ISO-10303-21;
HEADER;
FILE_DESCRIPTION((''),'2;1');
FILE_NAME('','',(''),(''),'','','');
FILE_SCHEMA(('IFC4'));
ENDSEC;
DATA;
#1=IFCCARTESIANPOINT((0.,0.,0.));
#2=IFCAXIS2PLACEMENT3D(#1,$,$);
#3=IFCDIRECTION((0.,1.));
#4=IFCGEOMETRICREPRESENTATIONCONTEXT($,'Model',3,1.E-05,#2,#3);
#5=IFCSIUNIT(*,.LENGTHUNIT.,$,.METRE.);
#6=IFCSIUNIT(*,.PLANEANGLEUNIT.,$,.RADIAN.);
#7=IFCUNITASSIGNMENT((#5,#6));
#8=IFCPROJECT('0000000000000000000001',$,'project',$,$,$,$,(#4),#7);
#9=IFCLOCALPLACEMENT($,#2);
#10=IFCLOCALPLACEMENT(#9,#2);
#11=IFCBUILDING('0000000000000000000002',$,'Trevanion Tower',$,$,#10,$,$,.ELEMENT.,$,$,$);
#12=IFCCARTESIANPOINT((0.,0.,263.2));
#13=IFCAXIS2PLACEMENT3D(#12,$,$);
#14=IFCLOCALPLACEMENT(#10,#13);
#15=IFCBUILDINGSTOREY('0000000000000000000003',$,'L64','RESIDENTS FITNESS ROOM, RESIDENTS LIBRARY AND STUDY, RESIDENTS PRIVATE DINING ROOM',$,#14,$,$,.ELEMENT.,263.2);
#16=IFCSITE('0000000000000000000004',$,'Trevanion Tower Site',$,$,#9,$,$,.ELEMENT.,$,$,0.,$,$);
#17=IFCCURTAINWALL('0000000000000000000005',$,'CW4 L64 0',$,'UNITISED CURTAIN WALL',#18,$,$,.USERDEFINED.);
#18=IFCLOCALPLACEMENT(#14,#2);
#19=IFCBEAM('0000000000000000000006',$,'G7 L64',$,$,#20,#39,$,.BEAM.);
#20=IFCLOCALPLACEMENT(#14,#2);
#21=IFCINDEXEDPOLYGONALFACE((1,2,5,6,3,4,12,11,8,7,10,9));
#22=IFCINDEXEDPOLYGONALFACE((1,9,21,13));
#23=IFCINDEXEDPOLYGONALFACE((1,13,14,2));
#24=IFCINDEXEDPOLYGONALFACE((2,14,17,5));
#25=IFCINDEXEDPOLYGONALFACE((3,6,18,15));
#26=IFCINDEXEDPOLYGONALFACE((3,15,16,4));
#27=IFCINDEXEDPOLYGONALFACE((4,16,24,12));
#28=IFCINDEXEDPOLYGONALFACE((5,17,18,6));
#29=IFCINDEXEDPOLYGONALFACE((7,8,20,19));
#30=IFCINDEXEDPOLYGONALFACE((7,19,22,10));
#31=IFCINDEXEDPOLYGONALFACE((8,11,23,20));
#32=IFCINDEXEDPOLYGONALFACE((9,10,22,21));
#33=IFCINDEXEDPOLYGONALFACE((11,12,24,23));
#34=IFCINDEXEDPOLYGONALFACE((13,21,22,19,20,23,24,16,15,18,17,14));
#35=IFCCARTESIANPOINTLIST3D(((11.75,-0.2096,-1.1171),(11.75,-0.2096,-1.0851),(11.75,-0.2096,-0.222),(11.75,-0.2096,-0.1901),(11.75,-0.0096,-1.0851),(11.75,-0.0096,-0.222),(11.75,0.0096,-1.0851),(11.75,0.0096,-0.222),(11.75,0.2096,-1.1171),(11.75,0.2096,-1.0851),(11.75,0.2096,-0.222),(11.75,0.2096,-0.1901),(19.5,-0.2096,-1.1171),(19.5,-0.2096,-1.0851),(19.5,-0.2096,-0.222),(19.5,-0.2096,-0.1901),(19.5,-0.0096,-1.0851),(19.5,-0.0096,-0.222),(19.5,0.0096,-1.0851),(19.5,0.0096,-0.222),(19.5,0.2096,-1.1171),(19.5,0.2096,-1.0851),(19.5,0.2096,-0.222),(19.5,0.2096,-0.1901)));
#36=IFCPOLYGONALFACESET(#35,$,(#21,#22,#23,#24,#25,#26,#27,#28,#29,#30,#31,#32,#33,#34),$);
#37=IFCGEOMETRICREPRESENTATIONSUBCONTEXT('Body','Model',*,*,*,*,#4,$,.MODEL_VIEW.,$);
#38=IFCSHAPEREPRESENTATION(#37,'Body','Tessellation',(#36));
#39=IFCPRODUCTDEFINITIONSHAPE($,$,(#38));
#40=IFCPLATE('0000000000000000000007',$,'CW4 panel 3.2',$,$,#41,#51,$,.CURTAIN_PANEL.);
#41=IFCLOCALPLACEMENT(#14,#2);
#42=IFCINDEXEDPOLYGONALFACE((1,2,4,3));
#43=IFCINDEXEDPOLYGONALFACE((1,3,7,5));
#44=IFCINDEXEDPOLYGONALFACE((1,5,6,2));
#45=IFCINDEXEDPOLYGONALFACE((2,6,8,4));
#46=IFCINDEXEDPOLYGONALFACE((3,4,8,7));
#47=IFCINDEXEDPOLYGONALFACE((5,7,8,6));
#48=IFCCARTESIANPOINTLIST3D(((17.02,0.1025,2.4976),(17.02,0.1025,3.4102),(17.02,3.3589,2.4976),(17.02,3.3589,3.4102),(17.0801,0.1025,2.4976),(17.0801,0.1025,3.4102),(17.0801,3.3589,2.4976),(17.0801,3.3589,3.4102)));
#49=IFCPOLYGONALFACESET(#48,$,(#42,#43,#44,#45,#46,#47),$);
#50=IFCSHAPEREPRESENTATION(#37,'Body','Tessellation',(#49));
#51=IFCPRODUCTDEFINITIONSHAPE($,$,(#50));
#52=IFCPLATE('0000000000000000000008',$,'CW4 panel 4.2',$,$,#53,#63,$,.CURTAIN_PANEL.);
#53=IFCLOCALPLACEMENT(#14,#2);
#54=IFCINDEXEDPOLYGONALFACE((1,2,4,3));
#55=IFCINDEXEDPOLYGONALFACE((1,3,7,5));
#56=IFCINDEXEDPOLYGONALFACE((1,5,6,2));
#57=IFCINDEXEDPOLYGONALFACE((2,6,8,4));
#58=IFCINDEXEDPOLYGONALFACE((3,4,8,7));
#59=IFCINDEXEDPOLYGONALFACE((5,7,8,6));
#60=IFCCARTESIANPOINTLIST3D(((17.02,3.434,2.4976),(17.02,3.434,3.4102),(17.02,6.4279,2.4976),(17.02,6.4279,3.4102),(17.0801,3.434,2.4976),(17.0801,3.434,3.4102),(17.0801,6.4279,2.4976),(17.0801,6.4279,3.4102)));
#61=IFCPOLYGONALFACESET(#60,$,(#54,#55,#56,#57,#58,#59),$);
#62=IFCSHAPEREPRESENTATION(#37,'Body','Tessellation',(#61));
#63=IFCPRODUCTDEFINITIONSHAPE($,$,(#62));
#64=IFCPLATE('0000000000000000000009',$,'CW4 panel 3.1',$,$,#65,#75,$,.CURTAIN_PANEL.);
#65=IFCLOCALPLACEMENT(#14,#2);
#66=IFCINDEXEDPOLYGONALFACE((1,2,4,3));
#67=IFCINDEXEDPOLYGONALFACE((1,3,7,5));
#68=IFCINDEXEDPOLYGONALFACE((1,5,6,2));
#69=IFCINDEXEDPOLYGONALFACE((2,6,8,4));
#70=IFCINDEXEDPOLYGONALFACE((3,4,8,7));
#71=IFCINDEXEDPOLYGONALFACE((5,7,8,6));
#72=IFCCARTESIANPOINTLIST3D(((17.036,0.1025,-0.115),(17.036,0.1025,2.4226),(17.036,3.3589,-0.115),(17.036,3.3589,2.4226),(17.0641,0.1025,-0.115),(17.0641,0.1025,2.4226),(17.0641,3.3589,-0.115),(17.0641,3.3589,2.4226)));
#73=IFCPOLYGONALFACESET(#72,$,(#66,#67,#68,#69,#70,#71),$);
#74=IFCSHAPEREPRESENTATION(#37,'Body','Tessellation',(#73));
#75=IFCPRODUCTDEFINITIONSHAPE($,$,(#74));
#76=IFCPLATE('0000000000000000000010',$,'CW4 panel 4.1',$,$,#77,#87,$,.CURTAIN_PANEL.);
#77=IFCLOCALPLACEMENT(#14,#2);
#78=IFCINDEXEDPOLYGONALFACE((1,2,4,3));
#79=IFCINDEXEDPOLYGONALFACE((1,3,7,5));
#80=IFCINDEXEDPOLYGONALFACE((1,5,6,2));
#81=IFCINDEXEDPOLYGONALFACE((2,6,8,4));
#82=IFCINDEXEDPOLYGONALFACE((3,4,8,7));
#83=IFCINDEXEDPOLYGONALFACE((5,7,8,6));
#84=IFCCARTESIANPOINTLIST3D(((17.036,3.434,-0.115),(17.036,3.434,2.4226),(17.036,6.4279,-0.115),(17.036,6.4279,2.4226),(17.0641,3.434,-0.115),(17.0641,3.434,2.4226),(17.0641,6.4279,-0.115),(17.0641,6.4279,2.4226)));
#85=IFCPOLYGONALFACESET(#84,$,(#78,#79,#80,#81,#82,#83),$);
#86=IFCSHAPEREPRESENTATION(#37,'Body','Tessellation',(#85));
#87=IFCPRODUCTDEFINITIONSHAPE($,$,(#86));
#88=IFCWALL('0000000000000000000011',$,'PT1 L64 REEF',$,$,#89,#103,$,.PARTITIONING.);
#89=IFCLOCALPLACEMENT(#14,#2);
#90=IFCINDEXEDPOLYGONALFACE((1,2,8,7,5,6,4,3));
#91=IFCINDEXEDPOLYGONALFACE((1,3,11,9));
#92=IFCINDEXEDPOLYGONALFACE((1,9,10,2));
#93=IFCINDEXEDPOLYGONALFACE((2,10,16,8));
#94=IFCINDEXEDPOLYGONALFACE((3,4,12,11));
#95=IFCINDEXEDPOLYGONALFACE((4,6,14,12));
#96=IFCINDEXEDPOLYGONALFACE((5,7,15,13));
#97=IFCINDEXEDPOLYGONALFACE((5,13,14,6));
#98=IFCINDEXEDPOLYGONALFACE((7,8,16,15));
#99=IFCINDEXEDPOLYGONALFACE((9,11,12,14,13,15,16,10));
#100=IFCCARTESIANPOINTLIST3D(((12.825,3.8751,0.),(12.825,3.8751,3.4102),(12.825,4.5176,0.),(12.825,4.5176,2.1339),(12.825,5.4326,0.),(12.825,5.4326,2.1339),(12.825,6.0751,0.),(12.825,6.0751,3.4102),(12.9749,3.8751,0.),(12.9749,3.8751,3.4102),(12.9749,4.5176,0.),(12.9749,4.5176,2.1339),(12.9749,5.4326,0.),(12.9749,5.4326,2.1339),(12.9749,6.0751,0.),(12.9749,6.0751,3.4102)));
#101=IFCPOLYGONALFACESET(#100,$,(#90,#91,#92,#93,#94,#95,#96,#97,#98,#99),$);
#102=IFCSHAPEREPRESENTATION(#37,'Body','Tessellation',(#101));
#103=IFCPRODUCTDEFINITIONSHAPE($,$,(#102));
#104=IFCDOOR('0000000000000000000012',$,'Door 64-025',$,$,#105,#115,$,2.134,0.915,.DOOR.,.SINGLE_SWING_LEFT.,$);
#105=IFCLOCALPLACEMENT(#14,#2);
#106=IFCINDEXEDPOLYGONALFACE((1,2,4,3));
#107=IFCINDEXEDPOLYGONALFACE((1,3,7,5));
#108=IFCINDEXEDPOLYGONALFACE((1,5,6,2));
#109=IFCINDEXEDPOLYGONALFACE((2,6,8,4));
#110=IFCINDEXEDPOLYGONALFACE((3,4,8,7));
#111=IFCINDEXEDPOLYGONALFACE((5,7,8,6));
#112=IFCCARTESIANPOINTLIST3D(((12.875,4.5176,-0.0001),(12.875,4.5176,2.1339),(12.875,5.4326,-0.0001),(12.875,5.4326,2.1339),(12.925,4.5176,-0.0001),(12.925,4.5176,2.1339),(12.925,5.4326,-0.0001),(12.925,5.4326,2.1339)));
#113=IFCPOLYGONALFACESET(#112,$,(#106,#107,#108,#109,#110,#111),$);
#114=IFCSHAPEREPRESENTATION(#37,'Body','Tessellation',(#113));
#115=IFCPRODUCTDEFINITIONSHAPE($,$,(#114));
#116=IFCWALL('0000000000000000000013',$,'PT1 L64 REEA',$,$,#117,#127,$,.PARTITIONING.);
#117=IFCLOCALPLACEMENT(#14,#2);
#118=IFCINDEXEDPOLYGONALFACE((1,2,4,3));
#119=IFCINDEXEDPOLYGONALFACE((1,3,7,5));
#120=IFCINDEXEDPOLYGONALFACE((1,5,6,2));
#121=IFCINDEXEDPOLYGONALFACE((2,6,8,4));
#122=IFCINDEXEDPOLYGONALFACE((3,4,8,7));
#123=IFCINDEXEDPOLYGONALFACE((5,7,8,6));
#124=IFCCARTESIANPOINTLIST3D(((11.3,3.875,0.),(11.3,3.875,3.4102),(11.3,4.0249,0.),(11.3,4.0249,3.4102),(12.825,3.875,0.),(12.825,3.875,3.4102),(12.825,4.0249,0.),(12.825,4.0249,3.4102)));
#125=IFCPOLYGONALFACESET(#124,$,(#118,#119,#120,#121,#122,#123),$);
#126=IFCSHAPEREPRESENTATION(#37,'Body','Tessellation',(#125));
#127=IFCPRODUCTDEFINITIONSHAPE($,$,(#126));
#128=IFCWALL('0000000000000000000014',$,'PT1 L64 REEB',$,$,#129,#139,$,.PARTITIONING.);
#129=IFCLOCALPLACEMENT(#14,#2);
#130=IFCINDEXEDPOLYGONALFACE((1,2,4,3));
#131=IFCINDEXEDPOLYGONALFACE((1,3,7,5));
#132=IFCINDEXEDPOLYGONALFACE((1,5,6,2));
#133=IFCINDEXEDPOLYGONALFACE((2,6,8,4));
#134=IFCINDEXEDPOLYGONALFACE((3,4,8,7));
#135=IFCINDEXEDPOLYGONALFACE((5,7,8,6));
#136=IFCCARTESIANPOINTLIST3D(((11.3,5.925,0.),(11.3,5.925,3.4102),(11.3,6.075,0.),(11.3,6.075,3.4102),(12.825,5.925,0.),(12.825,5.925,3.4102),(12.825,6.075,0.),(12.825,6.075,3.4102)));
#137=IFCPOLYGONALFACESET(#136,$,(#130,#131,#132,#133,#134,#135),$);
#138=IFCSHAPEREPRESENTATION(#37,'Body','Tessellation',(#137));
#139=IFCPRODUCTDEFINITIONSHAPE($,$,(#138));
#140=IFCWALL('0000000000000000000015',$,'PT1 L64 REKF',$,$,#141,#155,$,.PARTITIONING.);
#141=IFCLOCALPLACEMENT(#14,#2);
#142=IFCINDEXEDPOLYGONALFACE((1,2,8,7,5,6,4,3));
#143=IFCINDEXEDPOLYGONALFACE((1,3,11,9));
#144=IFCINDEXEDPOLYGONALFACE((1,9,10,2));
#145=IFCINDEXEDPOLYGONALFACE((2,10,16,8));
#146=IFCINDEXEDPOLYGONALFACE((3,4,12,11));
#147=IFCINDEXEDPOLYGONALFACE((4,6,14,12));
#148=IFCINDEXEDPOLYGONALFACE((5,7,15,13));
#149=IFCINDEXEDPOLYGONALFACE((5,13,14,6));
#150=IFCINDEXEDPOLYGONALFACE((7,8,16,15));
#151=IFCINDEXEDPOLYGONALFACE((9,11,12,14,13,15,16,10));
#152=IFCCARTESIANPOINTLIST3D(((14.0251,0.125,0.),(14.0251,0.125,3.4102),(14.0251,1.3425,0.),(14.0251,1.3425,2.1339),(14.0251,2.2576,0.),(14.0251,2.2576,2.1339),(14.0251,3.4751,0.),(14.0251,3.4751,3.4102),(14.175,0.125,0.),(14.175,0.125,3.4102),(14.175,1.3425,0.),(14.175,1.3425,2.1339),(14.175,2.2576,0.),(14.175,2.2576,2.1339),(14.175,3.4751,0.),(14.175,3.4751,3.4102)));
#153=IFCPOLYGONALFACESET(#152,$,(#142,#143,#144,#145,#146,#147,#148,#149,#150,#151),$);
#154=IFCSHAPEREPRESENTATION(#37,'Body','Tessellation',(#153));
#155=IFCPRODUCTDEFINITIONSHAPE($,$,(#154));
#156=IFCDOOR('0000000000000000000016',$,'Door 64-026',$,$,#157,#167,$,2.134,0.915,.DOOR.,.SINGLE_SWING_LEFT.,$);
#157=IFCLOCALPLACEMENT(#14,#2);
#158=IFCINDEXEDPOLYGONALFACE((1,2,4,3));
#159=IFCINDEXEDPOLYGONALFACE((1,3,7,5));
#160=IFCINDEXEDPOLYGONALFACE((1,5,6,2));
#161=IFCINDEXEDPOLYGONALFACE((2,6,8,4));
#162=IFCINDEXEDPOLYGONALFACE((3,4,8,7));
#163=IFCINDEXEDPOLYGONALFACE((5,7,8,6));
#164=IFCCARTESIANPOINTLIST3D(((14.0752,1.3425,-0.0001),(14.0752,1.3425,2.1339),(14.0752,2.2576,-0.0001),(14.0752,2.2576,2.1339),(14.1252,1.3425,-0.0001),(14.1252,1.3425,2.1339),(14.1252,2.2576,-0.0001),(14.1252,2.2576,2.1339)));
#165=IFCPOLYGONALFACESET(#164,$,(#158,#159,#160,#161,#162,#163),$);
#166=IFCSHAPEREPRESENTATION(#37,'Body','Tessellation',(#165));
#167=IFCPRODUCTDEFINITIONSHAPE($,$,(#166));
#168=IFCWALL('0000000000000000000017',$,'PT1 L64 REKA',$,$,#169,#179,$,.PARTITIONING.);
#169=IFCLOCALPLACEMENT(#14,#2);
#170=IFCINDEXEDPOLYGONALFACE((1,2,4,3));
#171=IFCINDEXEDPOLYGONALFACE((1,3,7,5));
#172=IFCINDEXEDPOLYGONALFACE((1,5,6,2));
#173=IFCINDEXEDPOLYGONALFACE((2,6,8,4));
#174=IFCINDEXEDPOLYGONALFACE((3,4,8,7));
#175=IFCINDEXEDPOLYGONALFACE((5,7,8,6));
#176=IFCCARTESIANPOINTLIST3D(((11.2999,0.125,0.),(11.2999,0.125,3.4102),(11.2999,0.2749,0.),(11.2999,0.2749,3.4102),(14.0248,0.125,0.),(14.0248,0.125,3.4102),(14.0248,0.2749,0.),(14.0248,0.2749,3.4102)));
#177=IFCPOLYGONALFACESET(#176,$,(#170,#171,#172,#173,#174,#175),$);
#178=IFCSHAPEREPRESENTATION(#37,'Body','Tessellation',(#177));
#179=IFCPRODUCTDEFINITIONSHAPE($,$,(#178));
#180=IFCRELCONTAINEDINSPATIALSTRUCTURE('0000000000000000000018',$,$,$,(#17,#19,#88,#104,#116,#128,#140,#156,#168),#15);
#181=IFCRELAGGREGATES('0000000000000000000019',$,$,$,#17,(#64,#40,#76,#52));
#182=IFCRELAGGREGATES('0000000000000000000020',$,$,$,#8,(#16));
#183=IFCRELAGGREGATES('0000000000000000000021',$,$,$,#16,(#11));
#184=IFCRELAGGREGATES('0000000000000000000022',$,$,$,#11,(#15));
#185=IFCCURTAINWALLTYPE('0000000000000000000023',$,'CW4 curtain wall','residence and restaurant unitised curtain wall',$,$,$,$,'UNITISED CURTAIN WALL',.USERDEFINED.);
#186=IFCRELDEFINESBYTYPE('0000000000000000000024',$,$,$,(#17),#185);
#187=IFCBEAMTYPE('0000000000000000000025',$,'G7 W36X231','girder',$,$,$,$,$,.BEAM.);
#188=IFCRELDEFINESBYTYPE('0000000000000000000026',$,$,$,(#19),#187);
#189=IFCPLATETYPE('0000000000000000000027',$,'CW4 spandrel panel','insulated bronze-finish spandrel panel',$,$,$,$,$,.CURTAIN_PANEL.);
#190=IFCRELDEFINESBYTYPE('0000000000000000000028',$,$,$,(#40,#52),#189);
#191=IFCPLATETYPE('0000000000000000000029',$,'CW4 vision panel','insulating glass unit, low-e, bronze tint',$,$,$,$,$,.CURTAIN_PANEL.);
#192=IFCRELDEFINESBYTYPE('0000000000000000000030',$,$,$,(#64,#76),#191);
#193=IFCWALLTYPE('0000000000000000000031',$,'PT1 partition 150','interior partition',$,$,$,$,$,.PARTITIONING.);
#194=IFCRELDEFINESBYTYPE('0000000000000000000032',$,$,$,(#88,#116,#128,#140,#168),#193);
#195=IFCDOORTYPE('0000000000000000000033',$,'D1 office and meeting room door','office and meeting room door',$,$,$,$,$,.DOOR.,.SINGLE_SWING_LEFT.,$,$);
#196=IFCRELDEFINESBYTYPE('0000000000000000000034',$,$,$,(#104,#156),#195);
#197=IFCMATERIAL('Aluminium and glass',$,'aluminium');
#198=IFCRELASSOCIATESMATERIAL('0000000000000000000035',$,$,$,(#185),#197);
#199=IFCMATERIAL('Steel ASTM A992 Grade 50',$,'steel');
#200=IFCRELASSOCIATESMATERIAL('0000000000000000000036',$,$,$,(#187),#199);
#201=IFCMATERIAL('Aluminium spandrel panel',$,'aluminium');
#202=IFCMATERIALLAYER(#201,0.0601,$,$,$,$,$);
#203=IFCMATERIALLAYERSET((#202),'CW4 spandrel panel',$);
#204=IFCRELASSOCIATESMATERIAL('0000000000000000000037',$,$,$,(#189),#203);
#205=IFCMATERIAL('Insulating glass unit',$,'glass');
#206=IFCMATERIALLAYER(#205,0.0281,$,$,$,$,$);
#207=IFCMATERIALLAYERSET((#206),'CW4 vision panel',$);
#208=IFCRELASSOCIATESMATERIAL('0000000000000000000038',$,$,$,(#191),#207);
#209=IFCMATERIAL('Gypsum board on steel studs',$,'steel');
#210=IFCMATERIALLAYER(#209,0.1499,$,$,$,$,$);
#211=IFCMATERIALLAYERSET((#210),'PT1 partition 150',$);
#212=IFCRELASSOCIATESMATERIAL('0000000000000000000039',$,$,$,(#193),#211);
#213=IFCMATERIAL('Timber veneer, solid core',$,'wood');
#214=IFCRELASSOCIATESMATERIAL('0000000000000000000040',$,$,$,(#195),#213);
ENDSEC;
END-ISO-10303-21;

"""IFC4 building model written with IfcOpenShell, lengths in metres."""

from ifc_helpers import new_model, si_unit, direction, frame, frame_2d, origin, origin_2d, place, context, subcontext, project, spatial, rectangle, i_section, extrude, material, layer, layer_set, material_profile, profile_set, type_object, element, fill, aggregate, save


model = new_model("IFC4")

# Units and contexts
model_context = context("Model", 3, precision=1e-05, world=origin(), true_north=direction((0.0, 1.0)))
body_context = subcontext(model_context, "Body", "Model", "MODEL_VIEW")
ifc_project = project(units=[si_unit("LENGTHUNIT", "METRE"), si_unit("PLANEANGLEUNIT", "RADIAN")], contexts=[model_context])

# Site, building, storey
site_placement = place(None, origin())
site = spatial("IfcSite", under=ifc_project, at=site_placement, Name="Trevanion Tower Site", CompositionType="ELEMENT", RefElevation=0.0)
building_placement = place(site_placement, origin())
building = spatial("IfcBuilding", under=site, at=building_placement, Name="Trevanion Tower", CompositionType="ELEMENT")
storey_placement = place(building_placement, frame((0.0, 0.0, 263.2)))
storey = spatial("IfcBuildingStorey", under=building, at=storey_placement, Name="L64", Description="RESIDENTS FITNESS ROOM, RESIDENTS LIBRARY AND STUDY, RESIDENTS PRIVATE DINING ROOM", CompositionType="ELEMENT", Elevation=263.2)

# Curtain wall
ifc_material_1 = material(Name="Aluminium and glass", Category="aluminium")
curtain_wall_type = type_object("IfcCurtainWallType", Name="CW4 curtain wall", Description="residence and restaurant unitised curtain wall", ElementType="UNITISED CURTAIN WALL", PredefinedType="USERDEFINED", material=ifc_material_1)
curtain_wall_1_placement = place(storey_placement, origin())
curtain_wall_1 = element("IfcCurtainWall", 1, at=curtain_wall_1_placement, inside=storey, type_object=curtain_wall_type, Name="CW4 L64 0", ObjectType="UNITISED CURTAIN WALL", PredefinedType="USERDEFINED")

# Beam
ifc_material_2 = material(Name="Steel ASTM A992 Grade 50", Category="steel")
ifc_material_profile_1 = material_profile(ifc_material_2, i_section(OverallWidth=0.4192, OverallDepth=0.927, WebThickness=0.0193, FlangeThickness=0.032, at=origin_2d()), Name="W36X231")
ifc_profile_set_1 = profile_set([ifc_material_profile_1], Name="Steel ASTM A992 Grade 50")
beam_type_1 = type_object("IfcBeamType", Name="G7 W36X231", Description="girder", PredefinedType="BEAM", material=ifc_profile_set_1)
beam_1_placement = place(storey_placement, frame((11.75, 0.0, -0.6536), z_axis=(1.0, 0.0, 0.0), x_axis=(0.0, 1.0, 0.0)))
element("IfcBeam", 2, at=beam_1_placement, inside=storey, type_object=beam_type_1, Name="G7 L64", PredefinedType="BEAM", context=body_context, shape_type="SweptSolid", body=[
    extrude(i_section(OverallWidth=0.4192, OverallDepth=0.927, WebThickness=0.0193, FlangeThickness=0.032, at=origin_2d()), origin(), (0.0, 0.0, 1.0), 7.75),
])

# Plates
ifc_material_3 = material(Name="Aluminium spandrel panel", Category="aluminium")
ifc_layer_1 = layer(ifc_material_3, 0.0601)
ifc_layer_set_1 = layer_set([ifc_layer_1], Name="CW4 spandrel panel")
plate_type_1 = type_object("IfcPlateType", Name="CW4 spandrel panel", Description="insulated bronze-finish spandrel panel", PredefinedType="CURTAIN_PANEL", material=ifc_layer_set_1)
plate_1_placement = place(storey_placement, frame((17.05, 1.7307, 2.4976), z_axis=(0.0, 0.0, 1.0), x_axis=(0.0, 1.0, 0.0)))
plate_1 = element("IfcPlate", 3, at=plate_1_placement, type_object=plate_type_1, Name="CW4 panel 3.2", PredefinedType="CURTAIN_PANEL", context=body_context, shape_type="SweptSolid", body=[
    extrude(rectangle(XDim=3.2563, YDim=0.0601, at=origin_2d()), origin(), (0.0, 0.0, 1.0), 0.9126),
])
plate_2_placement = place(storey_placement, frame((17.05, 4.9309, 2.4976), z_axis=(0.0, 0.0, 1.0), x_axis=(0.0, 1.0, 0.0)))
plate_2 = element("IfcPlate", 4, at=plate_2_placement, type_object=plate_type_1, Name="CW4 panel 4.2", PredefinedType="CURTAIN_PANEL", context=body_context, shape_type="SweptSolid", body=[
    extrude(rectangle(XDim=2.9939, YDim=0.0601, at=origin_2d()), origin(), (0.0, 0.0, 1.0), 0.9126),
])
ifc_material_4 = material(Name="Insulating glass unit", Category="glass")
ifc_layer_2 = layer(ifc_material_4, 0.0281)
ifc_layer_set_2 = layer_set([ifc_layer_2], Name="CW4 vision panel")
plate_type_2 = type_object("IfcPlateType", Name="CW4 vision panel", Description="insulating glass unit, low-e, bronze tint", PredefinedType="CURTAIN_PANEL", material=ifc_layer_set_2)
plate_3_placement = place(storey_placement, frame((17.05, 1.7307, -0.115), z_axis=(0.0, 0.0, 1.0), x_axis=(0.0, 1.0, 0.0)))
plate_3 = element("IfcPlate", 5, at=plate_3_placement, type_object=plate_type_2, Name="CW4 panel 3.1", PredefinedType="CURTAIN_PANEL", context=body_context, shape_type="SweptSolid", body=[
    extrude(rectangle(XDim=3.2563, YDim=0.0281, at=origin_2d()), origin(), (0.0, 0.0, 1.0), 2.5376),
])
plate_4_placement = place(storey_placement, frame((17.05, 4.9309, -0.115), z_axis=(0.0, 0.0, 1.0), x_axis=(0.0, 1.0, 0.0)))
plate_4 = element("IfcPlate", 6, at=plate_4_placement, type_object=plate_type_2, Name="CW4 panel 4.1", PredefinedType="CURTAIN_PANEL", context=body_context, shape_type="SweptSolid", body=[
    extrude(rectangle(XDim=2.9939, YDim=0.0281, at=origin_2d()), origin(), (0.0, 0.0, 1.0), 2.5376),
])
aggregate(curtain_wall_1, [plate_3, plate_1, plate_4, plate_2])

# Wall, opening, door
ifc_material_5 = material(Name="Gypsum board on steel studs", Category="steel")
ifc_layer_3 = layer(ifc_material_5, 0.1499)
ifc_layer_set_3 = layer_set([ifc_layer_3], Name="PT1 partition 150")
wall_type = type_object("IfcWallType", Name="PT1 partition 150", Description="interior partition", PredefinedType="PARTITIONING", material=ifc_layer_set_3)
wall_1_placement = place(storey_placement, frame((12.8999, 3.875, 0.0), z_axis=(0.0, 0.0, 1.0), x_axis=(0.0, 1.0, 0.0)))
wall_1 = element("IfcWall", 7, at=wall_1_placement, inside=storey, type_object=wall_type, Name="PT1 L64 REEF", PredefinedType="PARTITIONING", context=body_context, shape_type="SweptSolid", body=[
    extrude(rectangle(XDim=2.2, YDim=0.1499, at=frame_2d((1.1001, 0.0))), origin(), (0.0, 0.0, 1.0), 3.4102),
])
opening_1_placement = place(wall_1_placement, frame((0.6426, 0.0, 0.0)))
opening_1 = element("IfcOpeningElement", 8, at=opening_1_placement, cuts=wall_1, PredefinedType="OPENING", context=body_context, shape_type="SweptSolid", body=[
    extrude(rectangle(XDim=0.915, YDim=2.134, at=frame_2d((0.4575, 1.0669))), frame((0.0, 0.085, 0.0), z_axis=(0.0, -1.0, 0.0), x_axis=(1.0, 0.0, 0.0)), (0.0, 0.0, 1.0), 0.1699),
])
ifc_material_6 = material(Name="Timber veneer, solid core", Category="wood")
door_type = type_object("IfcDoorType", Name="D1 office and meeting room door", Description="office and meeting room door", OperationType="SINGLE_SWING_LEFT", PredefinedType="DOOR", material=ifc_material_6)
door_1_placement = place(opening_1_placement, origin())
door_1 = element("IfcDoor", 9, at=door_1_placement, inside=storey, type_object=door_type, Name="Door 64-025", OperationType="SINGLE_SWING_LEFT", OverallHeight=2.134, OverallWidth=0.915, PredefinedType="DOOR", context=body_context, shape_type="SweptSolid", body=[
    extrude(rectangle(XDim=0.915, YDim=2.134, at=frame_2d((0.4575, 1.0669))), frame((0.0, 0.0249, 0.0), z_axis=(0.0, -1.0, 0.0), x_axis=(1.0, 0.0, 0.0)), (0.0, 0.0, 1.0), 0.05),
])
fill(opening_1, door_1)

# Walls
for number, where, z_axis, x_axis, name in (
    (10, (11.3, 3.95, 0.0), (0.0, 0.0, 1.0), (1.0, 0.0, 0.0), "PT1 L64 REEA"),
    (11, (11.3, 6.0, 0.0), (0.0, 0.0, 1.0), (1.0, 0.0, 0.0), "PT1 L64 REEB"),
):
    element("IfcWall", number, at=place(storey_placement, frame(where, z_axis=z_axis, x_axis=x_axis)), inside=storey, type_object=wall_type, Name=name, PredefinedType="PARTITIONING", context=body_context, shape_type="SweptSolid", body=[
        extrude(rectangle(XDim=1.5249, YDim=0.1499, at=frame_2d((0.7625, 0.0))), origin(), (0.0, 0.0, 1.0), 3.4102),
    ])

# Wall, opening, door
wall_2_placement = place(storey_placement, frame((14.1001, 0.125, 0.0), z_axis=(0.0, 0.0, 1.0), x_axis=(0.0, 1.0, 0.0)))
wall_2 = element("IfcWall", 12, at=wall_2_placement, inside=storey, type_object=wall_type, Name="PT1 L64 REKF", PredefinedType="PARTITIONING", context=body_context, shape_type="SweptSolid", body=[
    extrude(rectangle(XDim=3.3501, YDim=0.1499, at=frame_2d((1.675, 0.0))), origin(), (0.0, 0.0, 1.0), 3.4102),
])
opening_2_placement = place(wall_2_placement, frame((1.2175, 0.0, 0.0)))
opening_2 = element("IfcOpeningElement", 13, at=opening_2_placement, cuts=wall_2, PredefinedType="OPENING", context=body_context, shape_type="SweptSolid", body=[
    extrude(rectangle(XDim=0.915, YDim=2.134, at=frame_2d((0.4575, 1.0669))), frame((0.0, 0.085, 0.0), z_axis=(0.0, -1.0, 0.0), x_axis=(1.0, 0.0, 0.0)), (0.0, 0.0, 1.0), 0.1699),
])
door_2_placement = place(opening_2_placement, origin())
door_2 = element("IfcDoor", 14, at=door_2_placement, inside=storey, type_object=door_type, Name="Door 64-026", OperationType="SINGLE_SWING_LEFT", OverallHeight=2.134, OverallWidth=0.915, PredefinedType="DOOR", context=body_context, shape_type="SweptSolid", body=[
    extrude(rectangle(XDim=0.915, YDim=2.134, at=frame_2d((0.4575, 1.0669))), frame((0.0, 0.0249, 0.0), z_axis=(0.0, -1.0, 0.0), x_axis=(1.0, 0.0, 0.0)), (0.0, 0.0, 1.0), 0.05),
])
fill(opening_2, door_2)

# Wall
wall_3_placement = place(storey_placement, frame((11.3, 0.2, 0.0), z_axis=(0.0, 0.0, 1.0), x_axis=(1.0, 0.0, 0.0)))
element("IfcWall", 15, at=wall_3_placement, inside=storey, type_object=wall_type, Name="PT1 L64 REKA", PredefinedType="PARTITIONING", context=body_context, shape_type="SweptSolid", body=[
    extrude(rectangle(XDim=2.7249, YDim=0.1499, at=frame_2d((1.3623, 0.0))), origin(), (0.0, 0.0, 1.0), 3.4102),
])

save(model, "model.ifc")
